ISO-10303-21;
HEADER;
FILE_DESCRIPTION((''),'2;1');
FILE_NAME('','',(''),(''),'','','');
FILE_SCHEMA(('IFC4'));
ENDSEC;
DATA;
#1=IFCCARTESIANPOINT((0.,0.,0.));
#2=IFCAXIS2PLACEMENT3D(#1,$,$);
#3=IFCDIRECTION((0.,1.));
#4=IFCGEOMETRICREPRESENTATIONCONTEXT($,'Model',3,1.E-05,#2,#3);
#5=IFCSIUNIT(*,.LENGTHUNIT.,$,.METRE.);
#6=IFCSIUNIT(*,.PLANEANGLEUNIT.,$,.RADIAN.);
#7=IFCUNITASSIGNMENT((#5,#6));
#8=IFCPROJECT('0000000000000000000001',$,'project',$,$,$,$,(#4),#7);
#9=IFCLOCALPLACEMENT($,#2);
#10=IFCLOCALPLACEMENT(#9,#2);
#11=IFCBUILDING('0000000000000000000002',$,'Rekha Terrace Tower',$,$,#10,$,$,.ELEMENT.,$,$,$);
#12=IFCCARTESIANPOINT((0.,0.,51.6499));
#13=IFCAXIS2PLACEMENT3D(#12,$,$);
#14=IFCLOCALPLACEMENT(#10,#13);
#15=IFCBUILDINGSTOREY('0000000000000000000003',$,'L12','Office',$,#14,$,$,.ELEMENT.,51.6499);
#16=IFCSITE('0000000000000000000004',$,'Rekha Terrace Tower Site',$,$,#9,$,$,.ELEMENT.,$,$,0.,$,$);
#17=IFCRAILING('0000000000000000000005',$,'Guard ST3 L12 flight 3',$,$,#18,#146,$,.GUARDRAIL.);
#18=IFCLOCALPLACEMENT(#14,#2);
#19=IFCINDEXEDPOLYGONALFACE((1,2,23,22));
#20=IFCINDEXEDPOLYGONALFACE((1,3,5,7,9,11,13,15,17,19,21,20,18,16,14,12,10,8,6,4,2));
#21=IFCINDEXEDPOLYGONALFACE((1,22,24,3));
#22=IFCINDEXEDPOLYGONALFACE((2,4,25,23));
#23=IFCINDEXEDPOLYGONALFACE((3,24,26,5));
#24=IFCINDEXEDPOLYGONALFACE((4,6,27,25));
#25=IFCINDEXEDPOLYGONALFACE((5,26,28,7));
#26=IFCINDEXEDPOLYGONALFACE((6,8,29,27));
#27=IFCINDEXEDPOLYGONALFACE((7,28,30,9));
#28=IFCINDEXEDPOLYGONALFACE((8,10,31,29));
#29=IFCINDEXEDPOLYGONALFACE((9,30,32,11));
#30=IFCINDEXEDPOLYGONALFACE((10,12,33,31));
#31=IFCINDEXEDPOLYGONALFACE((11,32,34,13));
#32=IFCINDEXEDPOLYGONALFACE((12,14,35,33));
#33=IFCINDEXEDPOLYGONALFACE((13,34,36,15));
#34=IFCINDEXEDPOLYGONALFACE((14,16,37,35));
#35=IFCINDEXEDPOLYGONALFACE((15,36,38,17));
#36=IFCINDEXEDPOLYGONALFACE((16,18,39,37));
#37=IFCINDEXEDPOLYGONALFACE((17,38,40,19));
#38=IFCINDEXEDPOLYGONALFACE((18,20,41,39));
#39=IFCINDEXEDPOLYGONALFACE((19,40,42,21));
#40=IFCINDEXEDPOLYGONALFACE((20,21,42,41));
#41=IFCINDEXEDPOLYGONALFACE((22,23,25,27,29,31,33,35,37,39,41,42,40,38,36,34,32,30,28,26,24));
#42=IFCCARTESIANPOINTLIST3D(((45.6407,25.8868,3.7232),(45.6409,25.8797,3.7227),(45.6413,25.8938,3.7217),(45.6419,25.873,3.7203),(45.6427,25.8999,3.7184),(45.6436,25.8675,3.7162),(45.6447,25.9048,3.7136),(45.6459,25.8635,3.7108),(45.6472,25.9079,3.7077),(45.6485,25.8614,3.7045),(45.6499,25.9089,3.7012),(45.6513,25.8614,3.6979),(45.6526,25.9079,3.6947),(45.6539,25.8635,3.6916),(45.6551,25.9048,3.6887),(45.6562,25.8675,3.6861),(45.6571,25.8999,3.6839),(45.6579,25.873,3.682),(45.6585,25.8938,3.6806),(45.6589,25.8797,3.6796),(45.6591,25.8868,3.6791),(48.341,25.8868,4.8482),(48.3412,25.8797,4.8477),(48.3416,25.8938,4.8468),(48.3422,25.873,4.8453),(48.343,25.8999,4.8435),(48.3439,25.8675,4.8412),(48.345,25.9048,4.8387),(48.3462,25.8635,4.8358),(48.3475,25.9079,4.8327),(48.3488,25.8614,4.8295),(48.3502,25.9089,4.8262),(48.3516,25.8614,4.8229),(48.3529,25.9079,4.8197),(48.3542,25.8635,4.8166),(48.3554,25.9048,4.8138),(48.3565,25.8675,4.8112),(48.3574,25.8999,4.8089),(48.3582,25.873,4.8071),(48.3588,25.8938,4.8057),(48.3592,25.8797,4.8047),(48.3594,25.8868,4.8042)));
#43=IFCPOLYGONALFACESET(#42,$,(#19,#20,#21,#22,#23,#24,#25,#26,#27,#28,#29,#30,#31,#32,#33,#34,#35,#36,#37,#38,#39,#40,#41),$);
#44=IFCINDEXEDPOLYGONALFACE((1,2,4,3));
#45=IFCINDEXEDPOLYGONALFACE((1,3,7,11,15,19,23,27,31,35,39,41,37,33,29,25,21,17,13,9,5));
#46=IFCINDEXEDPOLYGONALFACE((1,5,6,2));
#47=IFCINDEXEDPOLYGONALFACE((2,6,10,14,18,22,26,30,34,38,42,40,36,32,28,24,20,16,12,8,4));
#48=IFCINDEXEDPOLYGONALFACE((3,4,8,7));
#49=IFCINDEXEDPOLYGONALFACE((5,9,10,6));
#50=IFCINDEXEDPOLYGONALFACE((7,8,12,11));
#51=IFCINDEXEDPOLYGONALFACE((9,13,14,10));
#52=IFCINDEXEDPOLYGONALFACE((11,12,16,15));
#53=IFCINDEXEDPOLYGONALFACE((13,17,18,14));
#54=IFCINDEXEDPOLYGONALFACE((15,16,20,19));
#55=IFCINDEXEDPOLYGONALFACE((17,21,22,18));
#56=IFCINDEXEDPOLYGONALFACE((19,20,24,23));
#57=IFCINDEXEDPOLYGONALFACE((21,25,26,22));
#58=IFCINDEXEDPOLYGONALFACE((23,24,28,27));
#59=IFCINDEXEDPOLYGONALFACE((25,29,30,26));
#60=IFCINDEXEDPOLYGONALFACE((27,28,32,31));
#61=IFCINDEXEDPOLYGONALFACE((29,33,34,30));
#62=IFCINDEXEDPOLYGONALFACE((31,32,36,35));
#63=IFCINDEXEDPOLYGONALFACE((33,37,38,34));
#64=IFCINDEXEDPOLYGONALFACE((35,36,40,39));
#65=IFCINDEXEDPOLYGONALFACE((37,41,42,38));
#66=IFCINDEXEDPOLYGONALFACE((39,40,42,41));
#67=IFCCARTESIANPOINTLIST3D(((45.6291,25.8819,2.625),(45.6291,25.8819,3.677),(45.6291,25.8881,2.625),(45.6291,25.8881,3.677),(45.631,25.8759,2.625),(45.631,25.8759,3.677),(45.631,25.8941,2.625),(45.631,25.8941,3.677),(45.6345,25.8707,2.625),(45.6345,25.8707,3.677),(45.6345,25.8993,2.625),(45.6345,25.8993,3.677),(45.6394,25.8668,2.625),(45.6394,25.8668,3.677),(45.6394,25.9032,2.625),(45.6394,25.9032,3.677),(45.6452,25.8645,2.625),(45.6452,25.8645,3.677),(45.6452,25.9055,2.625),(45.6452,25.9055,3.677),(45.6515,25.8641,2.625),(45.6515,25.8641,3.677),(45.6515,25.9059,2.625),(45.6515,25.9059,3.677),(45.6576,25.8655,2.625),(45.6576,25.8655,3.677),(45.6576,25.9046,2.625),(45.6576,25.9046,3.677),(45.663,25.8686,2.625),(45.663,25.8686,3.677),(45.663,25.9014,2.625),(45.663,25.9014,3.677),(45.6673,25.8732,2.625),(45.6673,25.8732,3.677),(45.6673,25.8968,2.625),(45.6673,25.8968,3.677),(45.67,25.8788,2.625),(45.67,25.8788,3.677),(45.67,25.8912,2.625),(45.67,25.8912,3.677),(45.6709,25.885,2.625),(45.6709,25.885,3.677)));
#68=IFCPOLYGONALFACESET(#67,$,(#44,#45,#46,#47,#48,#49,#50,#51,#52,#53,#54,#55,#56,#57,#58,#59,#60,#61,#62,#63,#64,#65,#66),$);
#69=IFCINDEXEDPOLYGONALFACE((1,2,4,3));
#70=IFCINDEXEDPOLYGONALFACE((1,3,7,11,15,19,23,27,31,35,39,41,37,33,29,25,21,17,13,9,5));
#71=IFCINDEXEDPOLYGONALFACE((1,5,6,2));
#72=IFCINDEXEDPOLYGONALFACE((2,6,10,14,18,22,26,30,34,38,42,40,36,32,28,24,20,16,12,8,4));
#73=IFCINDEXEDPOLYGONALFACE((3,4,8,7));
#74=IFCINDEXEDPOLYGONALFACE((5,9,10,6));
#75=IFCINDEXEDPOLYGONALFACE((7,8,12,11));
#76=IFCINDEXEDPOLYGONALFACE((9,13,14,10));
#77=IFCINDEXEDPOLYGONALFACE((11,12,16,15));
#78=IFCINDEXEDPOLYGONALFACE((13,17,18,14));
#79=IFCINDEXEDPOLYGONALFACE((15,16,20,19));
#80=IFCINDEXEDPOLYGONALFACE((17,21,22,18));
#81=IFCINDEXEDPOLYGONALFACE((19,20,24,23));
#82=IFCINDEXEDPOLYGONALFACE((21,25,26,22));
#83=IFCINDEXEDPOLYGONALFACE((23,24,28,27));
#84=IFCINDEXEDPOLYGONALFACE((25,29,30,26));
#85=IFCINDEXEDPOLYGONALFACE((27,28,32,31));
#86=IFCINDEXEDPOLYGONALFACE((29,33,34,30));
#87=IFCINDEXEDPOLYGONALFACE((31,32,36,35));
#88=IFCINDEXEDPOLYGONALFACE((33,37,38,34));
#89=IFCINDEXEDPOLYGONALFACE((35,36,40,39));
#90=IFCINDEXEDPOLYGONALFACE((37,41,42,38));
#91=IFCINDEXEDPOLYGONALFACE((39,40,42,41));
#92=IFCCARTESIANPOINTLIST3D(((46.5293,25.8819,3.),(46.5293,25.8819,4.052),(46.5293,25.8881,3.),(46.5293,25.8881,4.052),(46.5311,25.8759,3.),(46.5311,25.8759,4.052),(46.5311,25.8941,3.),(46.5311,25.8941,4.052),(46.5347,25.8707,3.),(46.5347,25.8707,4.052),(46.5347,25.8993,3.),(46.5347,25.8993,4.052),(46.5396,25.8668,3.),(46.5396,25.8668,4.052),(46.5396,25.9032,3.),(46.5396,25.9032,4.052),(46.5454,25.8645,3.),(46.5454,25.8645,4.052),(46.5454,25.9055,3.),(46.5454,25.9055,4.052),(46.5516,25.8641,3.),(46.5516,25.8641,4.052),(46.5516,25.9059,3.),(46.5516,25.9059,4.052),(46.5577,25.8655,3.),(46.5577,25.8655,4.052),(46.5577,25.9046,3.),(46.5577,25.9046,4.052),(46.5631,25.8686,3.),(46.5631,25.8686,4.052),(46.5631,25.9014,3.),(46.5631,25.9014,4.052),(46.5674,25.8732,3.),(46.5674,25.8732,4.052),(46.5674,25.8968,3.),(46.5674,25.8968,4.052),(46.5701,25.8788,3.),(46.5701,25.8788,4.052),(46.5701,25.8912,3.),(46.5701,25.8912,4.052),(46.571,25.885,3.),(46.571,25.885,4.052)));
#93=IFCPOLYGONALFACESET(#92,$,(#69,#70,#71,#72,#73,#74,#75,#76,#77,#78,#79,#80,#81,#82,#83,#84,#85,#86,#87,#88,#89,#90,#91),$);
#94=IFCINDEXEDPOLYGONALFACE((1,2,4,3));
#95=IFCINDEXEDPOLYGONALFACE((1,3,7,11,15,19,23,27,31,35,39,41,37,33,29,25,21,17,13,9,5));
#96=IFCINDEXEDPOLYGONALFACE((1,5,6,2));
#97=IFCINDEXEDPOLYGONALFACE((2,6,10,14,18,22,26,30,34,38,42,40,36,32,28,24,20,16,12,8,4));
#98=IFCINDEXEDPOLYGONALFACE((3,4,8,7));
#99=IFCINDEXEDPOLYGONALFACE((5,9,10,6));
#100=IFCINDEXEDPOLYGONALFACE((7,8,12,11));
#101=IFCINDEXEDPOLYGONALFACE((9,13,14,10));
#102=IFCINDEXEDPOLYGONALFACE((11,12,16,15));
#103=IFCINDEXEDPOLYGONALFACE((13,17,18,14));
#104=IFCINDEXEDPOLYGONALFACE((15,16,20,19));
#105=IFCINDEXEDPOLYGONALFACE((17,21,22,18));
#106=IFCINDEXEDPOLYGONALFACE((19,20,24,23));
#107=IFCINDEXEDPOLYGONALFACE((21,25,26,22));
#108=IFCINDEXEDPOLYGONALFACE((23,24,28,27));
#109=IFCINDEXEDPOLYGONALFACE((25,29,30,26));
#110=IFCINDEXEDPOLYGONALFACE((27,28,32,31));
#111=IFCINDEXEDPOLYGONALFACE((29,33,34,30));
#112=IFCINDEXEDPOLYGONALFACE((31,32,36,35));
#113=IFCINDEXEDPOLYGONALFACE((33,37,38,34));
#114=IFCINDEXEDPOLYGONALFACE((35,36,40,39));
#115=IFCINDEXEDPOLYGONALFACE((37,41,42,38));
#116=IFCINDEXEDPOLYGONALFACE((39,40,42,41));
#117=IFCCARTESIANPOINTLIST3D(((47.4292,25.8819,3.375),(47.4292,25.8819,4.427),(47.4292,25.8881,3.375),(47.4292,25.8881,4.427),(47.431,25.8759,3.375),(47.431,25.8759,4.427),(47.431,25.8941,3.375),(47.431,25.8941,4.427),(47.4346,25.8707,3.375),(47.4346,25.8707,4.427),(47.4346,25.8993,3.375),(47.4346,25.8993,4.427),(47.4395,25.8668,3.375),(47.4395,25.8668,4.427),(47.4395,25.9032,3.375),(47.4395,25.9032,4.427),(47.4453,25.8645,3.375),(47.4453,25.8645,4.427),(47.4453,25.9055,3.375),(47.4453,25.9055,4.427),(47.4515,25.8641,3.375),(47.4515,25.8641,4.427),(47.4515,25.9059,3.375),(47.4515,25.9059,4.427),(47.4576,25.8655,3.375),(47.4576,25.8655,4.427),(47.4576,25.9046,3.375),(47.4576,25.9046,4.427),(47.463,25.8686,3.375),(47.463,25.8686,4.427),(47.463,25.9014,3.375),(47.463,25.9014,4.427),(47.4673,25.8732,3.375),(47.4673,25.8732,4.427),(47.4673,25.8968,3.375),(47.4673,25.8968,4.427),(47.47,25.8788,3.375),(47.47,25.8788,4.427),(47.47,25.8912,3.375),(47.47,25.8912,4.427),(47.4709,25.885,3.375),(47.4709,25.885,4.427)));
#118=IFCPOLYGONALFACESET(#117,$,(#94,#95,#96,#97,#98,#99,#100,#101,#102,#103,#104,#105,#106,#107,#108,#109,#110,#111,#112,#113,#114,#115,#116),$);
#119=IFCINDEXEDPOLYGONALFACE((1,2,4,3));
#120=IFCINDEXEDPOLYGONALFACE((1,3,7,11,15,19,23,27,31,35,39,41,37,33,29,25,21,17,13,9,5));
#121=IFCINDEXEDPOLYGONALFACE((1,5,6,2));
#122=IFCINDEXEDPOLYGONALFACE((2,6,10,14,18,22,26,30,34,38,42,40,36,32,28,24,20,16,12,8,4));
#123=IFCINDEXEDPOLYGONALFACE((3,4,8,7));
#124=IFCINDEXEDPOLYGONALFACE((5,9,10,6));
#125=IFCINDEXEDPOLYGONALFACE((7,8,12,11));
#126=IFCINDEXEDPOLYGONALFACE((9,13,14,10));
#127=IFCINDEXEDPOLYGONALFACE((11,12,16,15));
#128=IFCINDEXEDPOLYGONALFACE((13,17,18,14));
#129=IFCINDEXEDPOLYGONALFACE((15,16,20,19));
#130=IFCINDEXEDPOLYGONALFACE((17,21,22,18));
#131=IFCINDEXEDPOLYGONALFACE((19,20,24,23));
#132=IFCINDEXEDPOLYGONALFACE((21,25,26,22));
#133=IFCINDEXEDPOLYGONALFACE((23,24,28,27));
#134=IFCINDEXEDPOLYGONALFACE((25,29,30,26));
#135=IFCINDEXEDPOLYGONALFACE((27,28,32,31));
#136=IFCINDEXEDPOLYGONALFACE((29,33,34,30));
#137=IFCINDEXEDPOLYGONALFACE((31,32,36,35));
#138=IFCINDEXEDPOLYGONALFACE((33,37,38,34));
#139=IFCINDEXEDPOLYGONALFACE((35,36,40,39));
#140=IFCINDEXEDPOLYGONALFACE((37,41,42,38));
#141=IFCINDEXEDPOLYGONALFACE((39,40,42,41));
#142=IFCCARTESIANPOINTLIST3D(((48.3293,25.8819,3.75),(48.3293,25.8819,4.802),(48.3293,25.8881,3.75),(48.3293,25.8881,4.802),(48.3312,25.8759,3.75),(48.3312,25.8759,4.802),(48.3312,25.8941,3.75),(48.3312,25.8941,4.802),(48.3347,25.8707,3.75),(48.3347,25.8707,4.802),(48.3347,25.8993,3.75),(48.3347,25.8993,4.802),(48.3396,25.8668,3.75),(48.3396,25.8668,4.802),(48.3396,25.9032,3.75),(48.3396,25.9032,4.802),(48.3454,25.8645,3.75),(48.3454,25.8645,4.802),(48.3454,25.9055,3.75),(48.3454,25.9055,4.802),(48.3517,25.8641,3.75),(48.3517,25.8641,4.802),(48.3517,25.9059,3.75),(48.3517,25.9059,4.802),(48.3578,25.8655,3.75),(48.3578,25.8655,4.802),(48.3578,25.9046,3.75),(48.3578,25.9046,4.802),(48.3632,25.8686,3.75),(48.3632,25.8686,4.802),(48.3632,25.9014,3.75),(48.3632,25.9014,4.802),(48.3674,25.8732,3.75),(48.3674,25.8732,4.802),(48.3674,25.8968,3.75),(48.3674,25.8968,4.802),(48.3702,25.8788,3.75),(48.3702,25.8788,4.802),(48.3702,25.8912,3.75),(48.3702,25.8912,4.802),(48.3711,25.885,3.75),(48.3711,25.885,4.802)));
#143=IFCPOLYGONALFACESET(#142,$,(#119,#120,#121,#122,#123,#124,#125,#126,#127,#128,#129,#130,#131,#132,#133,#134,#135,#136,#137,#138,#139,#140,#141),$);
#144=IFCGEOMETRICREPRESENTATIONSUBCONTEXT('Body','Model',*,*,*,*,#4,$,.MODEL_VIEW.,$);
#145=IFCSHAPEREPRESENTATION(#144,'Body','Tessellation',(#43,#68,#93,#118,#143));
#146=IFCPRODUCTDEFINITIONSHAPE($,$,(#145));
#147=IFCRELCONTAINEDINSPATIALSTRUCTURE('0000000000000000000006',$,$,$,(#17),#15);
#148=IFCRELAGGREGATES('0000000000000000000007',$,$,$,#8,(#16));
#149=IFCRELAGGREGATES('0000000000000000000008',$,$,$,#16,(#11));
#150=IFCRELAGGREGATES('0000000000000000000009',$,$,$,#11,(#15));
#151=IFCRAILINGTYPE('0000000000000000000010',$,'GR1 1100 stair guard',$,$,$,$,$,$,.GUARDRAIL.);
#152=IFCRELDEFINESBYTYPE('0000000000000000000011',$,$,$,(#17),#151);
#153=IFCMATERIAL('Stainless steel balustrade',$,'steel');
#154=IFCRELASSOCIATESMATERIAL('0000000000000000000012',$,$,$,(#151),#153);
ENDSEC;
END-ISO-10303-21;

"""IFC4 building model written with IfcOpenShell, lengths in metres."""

from ifc_helpers import new_model, si_unit, direction, frame, origin, origin_2d, place, context, subcontext, project, spatial, circle, extrude, material, type_object, element, save


model = new_model("IFC4")

# Units and contexts
model_context = context("Model", 3, precision=1e-05, world=origin(), true_north=direction((0.0, 1.0)))
body_context = subcontext(model_context, "Body", "Model", "MODEL_VIEW")
ifc_project = project(units=[si_unit("LENGTHUNIT", "METRE"), si_unit("PLANEANGLEUNIT", "RADIAN")], contexts=[model_context])

# Site, building, storey
site_placement = place(None, origin())
site = spatial("IfcSite", under=ifc_project, at=site_placement, Name="Rekha Terrace Tower Site", CompositionType="ELEMENT", RefElevation=0.0)
building_placement = place(site_placement, origin())
building = spatial("IfcBuilding", under=site, at=building_placement, Name="Rekha Terrace Tower", CompositionType="ELEMENT")
storey_placement = place(building_placement, frame((0.0, 0.0, 51.6499)))
storey = spatial("IfcBuildingStorey", under=building, at=storey_placement, Name="L12", Description="Office", CompositionType="ELEMENT", Elevation=51.6499)

# Railing
ifc_material_1 = material(Name="Stainless steel balustrade", Category="steel")
railing_type_1 = type_object("IfcRailingType", Name="GR1 1100 stair guard", PredefinedType="GUARDRAIL", material=ifc_material_1)
railing_1_placement = place(storey_placement, frame((45.6499, 25.885, 2.625)))
element("IfcRailing", 1, at=railing_1_placement, inside=storey, type_object=railing_type_1, Name="Guard ST3 L12 flight 3", PredefinedType="GUARDRAIL", context=body_context, shape_type="SweptSolid", body=[
    extrude(circle(Radius=0.0239, at=origin_2d()), frame((0.0, 0.0, 1.0762), z_axis=(0.923087, 0.0, 0.384592), x_axis=(0.0, 1.0, 0.0)), (0.0, 0.0, 1.0), 2.9253),
    extrude(circle(Radius=0.021, at=origin_2d()), origin(), (0.0, 0.0, 1.0), 1.052),
    extrude(circle(Radius=0.021, at=origin_2d()), frame((0.9001, 0.0, 0.375)), (0.0, 0.0, 1.0), 1.052),
    extrude(circle(Radius=0.021, at=origin_2d()), frame((1.8, 0.0, 0.75)), (0.0, 0.0, 1.0), 1.052),
    extrude(circle(Radius=0.021, at=origin_2d()), frame((2.7002, 0.0, 1.125)), (0.0, 0.0, 1.0), 1.052),
])

save(model, "model.ifc")
